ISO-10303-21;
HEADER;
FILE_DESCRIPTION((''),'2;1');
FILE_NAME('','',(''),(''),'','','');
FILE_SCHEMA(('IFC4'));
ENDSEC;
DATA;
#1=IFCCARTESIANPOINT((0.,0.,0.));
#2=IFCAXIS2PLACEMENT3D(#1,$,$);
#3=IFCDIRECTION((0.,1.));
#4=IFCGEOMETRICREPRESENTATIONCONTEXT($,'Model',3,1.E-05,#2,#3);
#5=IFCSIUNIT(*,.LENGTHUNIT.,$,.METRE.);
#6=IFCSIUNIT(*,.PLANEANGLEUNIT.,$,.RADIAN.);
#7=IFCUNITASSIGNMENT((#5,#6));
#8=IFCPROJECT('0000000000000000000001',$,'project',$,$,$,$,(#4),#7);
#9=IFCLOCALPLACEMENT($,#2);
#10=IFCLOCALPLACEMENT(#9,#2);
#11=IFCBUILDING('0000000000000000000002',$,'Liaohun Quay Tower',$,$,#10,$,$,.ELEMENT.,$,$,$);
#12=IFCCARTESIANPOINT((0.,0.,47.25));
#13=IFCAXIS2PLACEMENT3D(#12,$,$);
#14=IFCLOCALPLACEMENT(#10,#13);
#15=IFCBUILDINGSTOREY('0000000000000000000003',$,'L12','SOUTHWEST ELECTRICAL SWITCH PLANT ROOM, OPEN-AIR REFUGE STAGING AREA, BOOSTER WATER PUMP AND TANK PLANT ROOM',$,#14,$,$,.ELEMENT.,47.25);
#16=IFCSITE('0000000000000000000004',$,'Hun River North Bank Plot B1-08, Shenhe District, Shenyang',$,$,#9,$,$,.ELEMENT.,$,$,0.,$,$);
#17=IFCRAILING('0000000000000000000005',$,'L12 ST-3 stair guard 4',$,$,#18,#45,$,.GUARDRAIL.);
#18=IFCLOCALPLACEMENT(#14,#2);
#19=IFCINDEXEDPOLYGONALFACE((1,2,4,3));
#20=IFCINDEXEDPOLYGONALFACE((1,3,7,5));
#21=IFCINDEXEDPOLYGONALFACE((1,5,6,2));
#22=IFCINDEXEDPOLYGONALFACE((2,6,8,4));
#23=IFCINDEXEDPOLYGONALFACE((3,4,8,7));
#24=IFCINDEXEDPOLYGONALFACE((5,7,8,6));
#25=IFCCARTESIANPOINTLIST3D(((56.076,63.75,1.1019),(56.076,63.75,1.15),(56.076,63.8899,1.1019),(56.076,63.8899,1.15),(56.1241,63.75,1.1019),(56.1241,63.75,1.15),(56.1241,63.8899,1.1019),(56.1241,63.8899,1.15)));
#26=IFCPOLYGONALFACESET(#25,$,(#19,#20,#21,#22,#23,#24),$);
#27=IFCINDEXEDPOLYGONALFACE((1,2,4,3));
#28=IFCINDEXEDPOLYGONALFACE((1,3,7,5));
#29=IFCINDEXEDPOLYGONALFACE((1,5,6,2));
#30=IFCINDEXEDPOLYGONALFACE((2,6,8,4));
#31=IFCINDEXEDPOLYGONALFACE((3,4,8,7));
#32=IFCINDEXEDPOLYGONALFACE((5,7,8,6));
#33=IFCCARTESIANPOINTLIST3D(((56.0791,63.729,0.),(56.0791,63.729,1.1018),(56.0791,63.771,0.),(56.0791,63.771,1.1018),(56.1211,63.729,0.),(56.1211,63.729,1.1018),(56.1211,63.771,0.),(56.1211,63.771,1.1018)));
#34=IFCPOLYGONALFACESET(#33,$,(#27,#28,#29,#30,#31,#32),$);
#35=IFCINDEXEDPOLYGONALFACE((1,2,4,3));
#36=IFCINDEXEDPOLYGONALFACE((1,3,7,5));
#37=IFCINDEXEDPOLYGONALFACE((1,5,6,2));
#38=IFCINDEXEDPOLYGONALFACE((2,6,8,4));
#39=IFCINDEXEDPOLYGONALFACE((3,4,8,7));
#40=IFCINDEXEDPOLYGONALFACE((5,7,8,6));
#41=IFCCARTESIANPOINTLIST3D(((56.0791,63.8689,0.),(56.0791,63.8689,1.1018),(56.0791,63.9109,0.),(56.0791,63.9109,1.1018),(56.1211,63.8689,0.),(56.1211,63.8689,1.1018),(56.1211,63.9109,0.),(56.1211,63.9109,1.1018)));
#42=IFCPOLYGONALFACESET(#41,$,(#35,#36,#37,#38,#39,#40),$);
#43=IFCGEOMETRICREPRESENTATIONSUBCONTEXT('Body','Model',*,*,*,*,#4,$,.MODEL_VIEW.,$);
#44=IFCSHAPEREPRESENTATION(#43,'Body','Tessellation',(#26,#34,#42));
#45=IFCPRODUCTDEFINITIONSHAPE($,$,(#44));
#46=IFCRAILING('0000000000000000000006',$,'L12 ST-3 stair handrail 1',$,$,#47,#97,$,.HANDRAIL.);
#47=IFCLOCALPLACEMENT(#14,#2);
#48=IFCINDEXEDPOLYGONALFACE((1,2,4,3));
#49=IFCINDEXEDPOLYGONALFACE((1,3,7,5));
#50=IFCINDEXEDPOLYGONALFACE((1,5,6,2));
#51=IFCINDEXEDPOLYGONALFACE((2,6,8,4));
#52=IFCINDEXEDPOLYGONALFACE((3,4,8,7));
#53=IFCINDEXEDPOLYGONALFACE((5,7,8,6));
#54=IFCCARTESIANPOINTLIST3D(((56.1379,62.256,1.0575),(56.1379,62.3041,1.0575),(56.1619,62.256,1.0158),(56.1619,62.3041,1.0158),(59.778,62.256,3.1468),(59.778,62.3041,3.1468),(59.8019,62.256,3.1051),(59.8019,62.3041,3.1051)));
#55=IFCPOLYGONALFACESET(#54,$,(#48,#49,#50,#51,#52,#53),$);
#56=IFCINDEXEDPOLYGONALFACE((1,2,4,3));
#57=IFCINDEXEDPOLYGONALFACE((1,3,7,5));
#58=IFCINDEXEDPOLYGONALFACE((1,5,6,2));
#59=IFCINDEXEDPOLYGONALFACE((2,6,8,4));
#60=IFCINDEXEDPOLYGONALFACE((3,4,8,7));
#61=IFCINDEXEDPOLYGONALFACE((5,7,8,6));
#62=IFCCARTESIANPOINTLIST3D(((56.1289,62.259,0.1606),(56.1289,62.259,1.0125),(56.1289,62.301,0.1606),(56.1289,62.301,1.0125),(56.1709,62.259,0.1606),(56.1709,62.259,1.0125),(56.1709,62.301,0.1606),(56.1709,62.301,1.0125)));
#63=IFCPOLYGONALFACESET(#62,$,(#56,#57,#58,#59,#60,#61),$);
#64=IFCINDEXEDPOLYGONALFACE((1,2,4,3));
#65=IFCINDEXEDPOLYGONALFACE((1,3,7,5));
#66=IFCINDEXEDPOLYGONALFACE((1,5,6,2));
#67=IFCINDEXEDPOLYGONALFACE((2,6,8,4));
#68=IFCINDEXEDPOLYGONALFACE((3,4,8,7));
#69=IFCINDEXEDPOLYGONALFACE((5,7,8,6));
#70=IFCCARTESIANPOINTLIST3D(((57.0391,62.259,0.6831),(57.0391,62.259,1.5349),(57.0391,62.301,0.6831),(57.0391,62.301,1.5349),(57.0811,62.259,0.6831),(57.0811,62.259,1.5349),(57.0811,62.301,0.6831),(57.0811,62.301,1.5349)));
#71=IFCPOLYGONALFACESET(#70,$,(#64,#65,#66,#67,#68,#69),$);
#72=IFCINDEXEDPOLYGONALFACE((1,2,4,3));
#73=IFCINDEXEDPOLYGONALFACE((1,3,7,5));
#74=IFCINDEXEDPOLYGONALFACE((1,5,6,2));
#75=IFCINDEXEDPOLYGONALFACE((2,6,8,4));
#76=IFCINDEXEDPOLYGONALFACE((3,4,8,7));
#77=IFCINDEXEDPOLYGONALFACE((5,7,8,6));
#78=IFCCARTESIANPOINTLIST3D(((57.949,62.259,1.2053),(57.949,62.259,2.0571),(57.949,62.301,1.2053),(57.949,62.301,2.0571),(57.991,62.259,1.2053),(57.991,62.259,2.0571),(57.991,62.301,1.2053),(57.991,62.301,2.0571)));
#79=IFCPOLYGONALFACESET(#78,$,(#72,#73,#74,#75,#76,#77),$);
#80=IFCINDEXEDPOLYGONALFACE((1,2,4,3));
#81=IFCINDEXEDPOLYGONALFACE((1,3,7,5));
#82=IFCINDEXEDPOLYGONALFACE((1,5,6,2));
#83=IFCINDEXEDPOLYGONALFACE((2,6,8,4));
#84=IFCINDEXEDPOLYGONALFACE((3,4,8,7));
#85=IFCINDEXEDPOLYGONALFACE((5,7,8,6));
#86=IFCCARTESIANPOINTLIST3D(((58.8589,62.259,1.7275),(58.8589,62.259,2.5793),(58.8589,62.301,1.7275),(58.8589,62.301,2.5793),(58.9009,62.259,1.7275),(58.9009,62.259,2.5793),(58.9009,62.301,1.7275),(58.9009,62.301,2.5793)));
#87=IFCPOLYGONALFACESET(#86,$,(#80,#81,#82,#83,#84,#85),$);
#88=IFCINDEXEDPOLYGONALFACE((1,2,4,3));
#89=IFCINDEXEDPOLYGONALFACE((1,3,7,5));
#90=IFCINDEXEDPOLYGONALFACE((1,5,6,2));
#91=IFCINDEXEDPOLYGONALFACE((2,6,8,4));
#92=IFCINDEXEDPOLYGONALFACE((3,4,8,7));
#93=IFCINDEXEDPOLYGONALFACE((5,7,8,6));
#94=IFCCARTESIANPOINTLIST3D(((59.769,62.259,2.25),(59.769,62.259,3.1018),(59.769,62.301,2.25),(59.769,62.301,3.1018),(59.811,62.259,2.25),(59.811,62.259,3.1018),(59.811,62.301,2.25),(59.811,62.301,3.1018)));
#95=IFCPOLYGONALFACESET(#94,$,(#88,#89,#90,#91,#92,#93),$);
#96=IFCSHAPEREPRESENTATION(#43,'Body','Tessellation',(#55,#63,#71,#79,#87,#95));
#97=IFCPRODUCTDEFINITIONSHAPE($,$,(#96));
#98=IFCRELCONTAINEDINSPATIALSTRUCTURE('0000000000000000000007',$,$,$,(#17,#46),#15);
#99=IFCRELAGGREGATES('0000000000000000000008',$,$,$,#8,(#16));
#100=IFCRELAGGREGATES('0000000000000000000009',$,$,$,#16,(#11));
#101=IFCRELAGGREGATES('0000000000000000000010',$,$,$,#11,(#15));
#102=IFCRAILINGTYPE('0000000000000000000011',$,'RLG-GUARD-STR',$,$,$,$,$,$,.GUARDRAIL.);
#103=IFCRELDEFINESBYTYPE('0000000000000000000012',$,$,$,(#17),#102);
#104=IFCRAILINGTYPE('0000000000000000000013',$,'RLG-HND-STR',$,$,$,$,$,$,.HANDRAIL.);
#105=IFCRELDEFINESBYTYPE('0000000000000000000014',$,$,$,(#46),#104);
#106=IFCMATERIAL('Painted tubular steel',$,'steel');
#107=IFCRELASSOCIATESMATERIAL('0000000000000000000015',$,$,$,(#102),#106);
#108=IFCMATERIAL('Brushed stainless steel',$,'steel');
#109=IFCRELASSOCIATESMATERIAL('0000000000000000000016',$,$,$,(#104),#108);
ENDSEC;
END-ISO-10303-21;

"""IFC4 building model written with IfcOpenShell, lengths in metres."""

from ifc_helpers import new_model, si_unit, direction, frame, origin, origin_2d, place, context, subcontext, project, spatial, rectangle, extrude, material, type_object, element, save


model = new_model("IFC4")

# Units and contexts
model_context = context("Model", 3, precision=1e-05, world=origin(), true_north=direction((0.0, 1.0)))
body_context = subcontext(model_context, "Body", "Model", "MODEL_VIEW")
ifc_project = project(units=[si_unit("LENGTHUNIT", "METRE"), si_unit("PLANEANGLEUNIT", "RADIAN")], contexts=[model_context])

# Site, building, storey
site_placement = place(None, origin())
site = spatial("IfcSite", under=ifc_project, at=site_placement, Name="Hun River North Bank Plot B1-08, Shenhe District, Shenyang", CompositionType="ELEMENT", RefElevation=0.0)
building_placement = place(site_placement, origin())
building = spatial("IfcBuilding", under=site, at=building_placement, Name="Liaohun Quay Tower", CompositionType="ELEMENT")
storey_placement = place(building_placement, frame((0.0, 0.0, 47.25)))
storey = spatial("IfcBuildingStorey", under=building, at=storey_placement, Name="L12", Description="SOUTHWEST ELECTRICAL SWITCH PLANT ROOM, OPEN-AIR REFUGE STAGING AREA, BOOSTER WATER PUMP AND TANK PLANT ROOM", CompositionType="ELEMENT", Elevation=47.25)

# Railings
ifc_material_1 = material(Name="Painted tubular steel", Category="steel")
railing_type_1 = type_object("IfcRailingType", Name="RLG-GUARD-STR", PredefinedType="GUARDRAIL", material=ifc_material_1)
railing_1_placement = place(storey_placement, frame((56.1001, 63.75, 0.0)))
element("IfcRailing", 1, at=railing_1_placement, inside=storey, type_object=railing_type_1, Name="L12 ST-3 stair guard 4", PredefinedType="GUARDRAIL", context=body_context, shape_type="SweptSolid", body=[
    extrude(rectangle(XDim=0.0481, YDim=0.0481, at=origin_2d()), frame((0.0, 0.0, 1.126), z_axis=(0.0, 1.0, 0.0), x_axis=(-1.0, 0.0, 0.0)), (0.0, 0.0, 1.0), 0.1399),
    extrude(rectangle(XDim=0.042, YDim=0.042, at=origin_2d()), origin(), (0.0, 0.0, 1.0), 1.1018),
    extrude(rectangle(XDim=0.042, YDim=0.042, at=origin_2d()), frame((0.0, 0.1399, 0.0)), (0.0, 0.0, 1.0), 1.1018),
])
ifc_material_2 = material(Name="Brushed stainless steel", Category="steel")
railing_type_2 = type_object("IfcRailingType", Name="RLG-HND-STR", PredefinedType="HANDRAIL", material=ifc_material_2)
railing_2_placement = place(storey_placement, frame((56.1499, 62.28, 0.1606)))
element("IfcRailing", 2, at=railing_2_placement, inside=storey, type_object=railing_type_2, Name="L12 ST-3 stair handrail 1", PredefinedType="HANDRAIL", context=body_context, shape_type="SweptSolid", body=[
    extrude(rectangle(XDim=0.0481, YDim=0.0481, at=origin_2d()), frame((0.0, 0.0, 0.876), z_axis=(0.867289, 0.0, 0.497804), x_axis=(0.0, 1.0, 0.0)), (0.0, 0.0, 1.0), 4.197),
    extrude(rectangle(XDim=0.042, YDim=0.042, at=origin_2d()), origin(), (0.0, 0.0, 1.0), 0.8518),
    extrude(rectangle(XDim=0.042, YDim=0.042, at=origin_2d()), frame((0.9102, 0.0, 0.5225)), (0.0, 0.0, 1.0), 0.8518),
    extrude(rectangle(XDim=0.042, YDim=0.042, at=origin_2d()), frame((1.8201, 0.0, 1.0447)), (0.0, 0.0, 1.0), 0.8518),
    extrude(rectangle(XDim=0.042, YDim=0.042, at=origin_2d()), frame((2.73, 0.0, 1.5669)), (0.0, 0.0, 1.0), 0.8518),
    extrude(rectangle(XDim=0.042, YDim=0.042, at=origin_2d()), frame((3.6401, 0.0, 2.0894)), (0.0, 0.0, 1.0), 0.8518),
])

save(model, "model.ifc")
